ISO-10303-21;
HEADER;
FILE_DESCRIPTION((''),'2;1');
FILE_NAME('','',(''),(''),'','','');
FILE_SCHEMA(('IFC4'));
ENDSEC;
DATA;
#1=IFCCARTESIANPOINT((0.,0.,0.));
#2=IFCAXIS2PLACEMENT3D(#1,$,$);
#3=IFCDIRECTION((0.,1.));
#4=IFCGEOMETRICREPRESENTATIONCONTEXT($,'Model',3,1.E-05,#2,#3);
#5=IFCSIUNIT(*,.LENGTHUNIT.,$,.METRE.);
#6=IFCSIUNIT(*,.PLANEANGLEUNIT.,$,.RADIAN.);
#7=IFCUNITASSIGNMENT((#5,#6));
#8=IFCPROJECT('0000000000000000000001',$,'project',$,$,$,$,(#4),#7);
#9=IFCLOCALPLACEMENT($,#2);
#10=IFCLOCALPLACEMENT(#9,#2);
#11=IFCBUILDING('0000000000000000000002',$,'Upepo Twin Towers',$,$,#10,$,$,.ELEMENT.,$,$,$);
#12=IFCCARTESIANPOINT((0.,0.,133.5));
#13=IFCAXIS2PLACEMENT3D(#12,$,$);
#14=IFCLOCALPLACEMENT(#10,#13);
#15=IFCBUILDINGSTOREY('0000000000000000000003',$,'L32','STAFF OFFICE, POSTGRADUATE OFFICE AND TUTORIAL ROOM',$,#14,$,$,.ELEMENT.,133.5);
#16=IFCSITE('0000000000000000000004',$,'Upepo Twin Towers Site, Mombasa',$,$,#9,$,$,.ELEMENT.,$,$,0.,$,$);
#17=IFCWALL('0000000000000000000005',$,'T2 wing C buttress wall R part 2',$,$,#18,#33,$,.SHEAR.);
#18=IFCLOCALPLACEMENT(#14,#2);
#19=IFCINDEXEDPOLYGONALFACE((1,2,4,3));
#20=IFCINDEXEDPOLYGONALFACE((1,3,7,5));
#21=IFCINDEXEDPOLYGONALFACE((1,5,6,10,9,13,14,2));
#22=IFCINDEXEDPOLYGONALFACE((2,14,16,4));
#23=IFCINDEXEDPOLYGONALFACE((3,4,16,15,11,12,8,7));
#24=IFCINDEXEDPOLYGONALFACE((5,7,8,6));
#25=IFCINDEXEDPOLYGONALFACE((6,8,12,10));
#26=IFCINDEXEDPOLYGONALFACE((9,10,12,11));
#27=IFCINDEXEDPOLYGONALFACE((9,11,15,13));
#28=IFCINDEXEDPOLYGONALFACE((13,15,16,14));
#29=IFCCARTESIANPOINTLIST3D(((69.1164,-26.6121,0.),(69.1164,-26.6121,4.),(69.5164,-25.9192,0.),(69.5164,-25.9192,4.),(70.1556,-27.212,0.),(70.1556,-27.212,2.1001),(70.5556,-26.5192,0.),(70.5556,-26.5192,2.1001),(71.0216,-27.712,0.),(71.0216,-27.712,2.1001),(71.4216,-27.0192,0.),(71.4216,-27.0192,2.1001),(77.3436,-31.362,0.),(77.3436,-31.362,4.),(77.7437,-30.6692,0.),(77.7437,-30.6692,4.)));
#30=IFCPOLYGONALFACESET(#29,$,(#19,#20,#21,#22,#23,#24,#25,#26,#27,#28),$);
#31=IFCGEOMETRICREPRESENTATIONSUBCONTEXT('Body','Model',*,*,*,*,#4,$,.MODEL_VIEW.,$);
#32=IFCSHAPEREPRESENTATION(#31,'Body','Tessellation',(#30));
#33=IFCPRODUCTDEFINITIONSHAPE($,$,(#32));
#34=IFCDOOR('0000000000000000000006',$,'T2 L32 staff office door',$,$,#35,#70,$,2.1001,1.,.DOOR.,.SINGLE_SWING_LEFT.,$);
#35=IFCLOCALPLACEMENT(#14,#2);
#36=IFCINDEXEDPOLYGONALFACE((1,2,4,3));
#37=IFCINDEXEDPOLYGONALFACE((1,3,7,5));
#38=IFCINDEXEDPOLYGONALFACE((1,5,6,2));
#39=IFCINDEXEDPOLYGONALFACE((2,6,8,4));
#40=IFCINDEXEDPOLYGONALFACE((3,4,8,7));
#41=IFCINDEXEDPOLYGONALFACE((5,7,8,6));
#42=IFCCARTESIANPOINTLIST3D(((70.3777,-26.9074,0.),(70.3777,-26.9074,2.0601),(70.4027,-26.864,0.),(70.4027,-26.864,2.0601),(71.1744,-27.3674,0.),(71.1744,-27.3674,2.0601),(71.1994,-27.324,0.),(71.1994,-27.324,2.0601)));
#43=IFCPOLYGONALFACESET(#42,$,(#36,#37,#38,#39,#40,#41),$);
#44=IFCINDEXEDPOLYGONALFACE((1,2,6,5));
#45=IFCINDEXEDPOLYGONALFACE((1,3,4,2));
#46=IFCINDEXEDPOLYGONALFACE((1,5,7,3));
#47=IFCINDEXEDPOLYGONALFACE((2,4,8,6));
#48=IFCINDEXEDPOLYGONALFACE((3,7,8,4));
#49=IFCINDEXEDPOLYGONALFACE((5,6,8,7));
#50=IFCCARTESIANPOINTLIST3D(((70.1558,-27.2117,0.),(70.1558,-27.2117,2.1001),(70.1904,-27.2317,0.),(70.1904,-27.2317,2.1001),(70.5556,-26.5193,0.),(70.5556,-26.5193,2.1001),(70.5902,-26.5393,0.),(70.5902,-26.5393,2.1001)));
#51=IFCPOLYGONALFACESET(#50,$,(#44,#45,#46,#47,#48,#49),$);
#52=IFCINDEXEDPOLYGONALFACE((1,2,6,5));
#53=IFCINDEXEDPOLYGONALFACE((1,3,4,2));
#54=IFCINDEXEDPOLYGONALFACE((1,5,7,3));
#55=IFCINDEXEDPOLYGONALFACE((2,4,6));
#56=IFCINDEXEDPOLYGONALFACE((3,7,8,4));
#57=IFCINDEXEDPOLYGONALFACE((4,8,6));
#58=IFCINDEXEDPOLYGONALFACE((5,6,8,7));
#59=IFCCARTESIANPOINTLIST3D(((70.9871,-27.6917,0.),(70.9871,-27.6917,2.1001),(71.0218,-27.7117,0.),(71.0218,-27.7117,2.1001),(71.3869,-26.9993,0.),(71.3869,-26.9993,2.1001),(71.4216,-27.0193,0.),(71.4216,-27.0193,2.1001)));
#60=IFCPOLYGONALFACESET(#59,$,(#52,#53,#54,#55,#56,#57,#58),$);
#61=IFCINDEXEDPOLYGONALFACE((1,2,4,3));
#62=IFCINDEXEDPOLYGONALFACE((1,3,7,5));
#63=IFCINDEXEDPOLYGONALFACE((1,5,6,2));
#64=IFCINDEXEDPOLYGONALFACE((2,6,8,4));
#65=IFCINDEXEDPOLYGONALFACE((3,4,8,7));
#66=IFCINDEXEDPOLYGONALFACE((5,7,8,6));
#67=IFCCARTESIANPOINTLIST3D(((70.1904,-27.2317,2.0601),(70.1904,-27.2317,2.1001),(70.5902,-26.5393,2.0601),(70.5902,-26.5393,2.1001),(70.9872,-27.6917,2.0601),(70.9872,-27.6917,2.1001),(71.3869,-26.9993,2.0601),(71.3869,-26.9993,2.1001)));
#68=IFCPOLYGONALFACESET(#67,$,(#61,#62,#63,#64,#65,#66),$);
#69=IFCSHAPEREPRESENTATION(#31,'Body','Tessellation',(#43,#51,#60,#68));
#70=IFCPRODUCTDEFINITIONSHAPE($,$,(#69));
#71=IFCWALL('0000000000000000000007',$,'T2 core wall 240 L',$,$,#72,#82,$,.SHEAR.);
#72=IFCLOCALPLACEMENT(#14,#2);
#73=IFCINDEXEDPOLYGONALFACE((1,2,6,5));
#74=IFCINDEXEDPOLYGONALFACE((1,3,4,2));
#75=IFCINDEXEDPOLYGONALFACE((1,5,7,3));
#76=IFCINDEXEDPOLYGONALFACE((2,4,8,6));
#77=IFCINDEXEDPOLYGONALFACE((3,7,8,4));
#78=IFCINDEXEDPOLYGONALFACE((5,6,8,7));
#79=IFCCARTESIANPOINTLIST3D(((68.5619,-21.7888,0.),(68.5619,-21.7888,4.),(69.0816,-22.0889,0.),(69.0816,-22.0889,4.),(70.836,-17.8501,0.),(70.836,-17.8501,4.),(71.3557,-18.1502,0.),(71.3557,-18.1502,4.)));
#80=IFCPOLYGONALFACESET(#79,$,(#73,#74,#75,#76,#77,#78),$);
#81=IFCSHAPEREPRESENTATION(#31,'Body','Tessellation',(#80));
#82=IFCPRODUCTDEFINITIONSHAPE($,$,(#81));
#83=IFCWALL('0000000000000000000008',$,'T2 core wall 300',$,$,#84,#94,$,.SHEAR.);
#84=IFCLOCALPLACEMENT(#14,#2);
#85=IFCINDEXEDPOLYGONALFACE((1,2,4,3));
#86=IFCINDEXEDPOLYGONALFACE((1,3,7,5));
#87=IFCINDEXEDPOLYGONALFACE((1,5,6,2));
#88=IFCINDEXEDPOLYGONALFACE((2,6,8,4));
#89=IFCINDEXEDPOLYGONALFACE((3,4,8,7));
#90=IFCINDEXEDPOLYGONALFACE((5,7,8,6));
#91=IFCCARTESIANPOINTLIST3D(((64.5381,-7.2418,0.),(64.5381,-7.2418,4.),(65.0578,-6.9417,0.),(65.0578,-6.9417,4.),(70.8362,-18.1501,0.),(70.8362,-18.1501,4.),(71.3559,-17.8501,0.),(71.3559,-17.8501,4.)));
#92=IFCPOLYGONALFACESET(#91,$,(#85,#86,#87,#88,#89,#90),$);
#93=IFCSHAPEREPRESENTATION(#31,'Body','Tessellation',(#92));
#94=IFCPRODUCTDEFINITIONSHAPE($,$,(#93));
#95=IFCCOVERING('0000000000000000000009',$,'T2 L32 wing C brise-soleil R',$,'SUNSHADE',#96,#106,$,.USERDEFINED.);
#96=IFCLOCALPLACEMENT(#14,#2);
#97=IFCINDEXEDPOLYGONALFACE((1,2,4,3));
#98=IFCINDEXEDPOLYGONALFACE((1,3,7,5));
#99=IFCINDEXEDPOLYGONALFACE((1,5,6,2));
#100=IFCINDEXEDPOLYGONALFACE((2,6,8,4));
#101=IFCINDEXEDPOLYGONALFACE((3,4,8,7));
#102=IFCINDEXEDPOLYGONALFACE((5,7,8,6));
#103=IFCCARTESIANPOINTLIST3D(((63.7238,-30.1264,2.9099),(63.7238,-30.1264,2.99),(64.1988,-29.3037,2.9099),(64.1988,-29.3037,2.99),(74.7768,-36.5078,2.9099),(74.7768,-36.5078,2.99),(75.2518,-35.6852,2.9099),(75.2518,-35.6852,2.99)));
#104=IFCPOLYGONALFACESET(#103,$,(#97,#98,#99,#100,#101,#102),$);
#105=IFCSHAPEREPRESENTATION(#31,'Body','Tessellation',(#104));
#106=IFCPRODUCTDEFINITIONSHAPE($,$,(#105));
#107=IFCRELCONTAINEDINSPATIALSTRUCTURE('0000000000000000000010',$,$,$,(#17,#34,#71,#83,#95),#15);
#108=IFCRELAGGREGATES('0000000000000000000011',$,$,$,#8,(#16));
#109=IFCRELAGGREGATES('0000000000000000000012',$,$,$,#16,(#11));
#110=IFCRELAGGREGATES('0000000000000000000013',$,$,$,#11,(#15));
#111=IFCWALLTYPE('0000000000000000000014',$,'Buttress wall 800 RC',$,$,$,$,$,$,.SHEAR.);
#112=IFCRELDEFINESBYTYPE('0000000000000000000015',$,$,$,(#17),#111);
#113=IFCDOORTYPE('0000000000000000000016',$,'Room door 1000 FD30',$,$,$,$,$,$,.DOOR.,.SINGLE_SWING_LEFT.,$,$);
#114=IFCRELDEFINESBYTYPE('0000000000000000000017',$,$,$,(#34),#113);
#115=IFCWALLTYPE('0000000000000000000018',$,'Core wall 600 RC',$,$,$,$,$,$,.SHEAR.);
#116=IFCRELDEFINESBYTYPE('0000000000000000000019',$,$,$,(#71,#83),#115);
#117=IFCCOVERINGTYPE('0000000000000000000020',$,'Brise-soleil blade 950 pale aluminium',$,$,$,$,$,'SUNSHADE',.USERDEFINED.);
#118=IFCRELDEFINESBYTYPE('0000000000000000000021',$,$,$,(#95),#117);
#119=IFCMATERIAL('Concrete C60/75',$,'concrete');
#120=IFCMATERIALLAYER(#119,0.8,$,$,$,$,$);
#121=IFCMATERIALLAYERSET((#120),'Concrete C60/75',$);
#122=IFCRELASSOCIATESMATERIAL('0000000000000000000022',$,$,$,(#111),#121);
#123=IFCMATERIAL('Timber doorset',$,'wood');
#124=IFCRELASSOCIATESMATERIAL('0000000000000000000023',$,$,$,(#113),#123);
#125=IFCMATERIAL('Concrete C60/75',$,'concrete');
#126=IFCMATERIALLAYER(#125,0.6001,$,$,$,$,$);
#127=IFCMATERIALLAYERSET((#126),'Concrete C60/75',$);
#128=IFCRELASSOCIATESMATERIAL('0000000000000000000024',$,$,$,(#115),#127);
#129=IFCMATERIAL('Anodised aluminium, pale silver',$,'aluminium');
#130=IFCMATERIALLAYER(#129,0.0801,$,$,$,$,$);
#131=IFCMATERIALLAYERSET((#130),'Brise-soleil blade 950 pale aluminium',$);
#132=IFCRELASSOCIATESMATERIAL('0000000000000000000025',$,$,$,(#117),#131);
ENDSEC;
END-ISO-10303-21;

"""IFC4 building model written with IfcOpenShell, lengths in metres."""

from ifc_helpers import new_model, si_unit, direction, frame, frame_2d, origin, origin_2d, place, context, subcontext, project, spatial, rectangle, extrude, material, layer, layer_set, type_object, element, fill, save


model = new_model("IFC4")

# Units and contexts
model_context = context("Model", 3, precision=1e-05, world=origin(), true_north=direction((0.0, 1.0)))
body_context = subcontext(model_context, "Body", "Model", "MODEL_VIEW")
ifc_project = project(units=[si_unit("LENGTHUNIT", "METRE"), si_unit("PLANEANGLEUNIT", "RADIAN")], contexts=[model_context])

# Site, building, storey
site_placement = place(None, origin())
site = spatial("IfcSite", under=ifc_project, at=site_placement, Name="Upepo Twin Towers Site, Mombasa", CompositionType="ELEMENT", RefElevation=0.0)
building_placement = place(site_placement, origin())
building = spatial("IfcBuilding", under=site, at=building_placement, Name="Upepo Twin Towers", CompositionType="ELEMENT")
storey_placement = place(building_placement, frame((0.0, 0.0, 133.5)))
storey = spatial("IfcBuildingStorey", under=building, at=storey_placement, Name="L32", Description="STAFF OFFICE, POSTGRADUATE OFFICE AND TUTORIAL ROOM", CompositionType="ELEMENT", Elevation=133.5)

# Wall, opening, door
ifc_material_1 = material(Name="Concrete C60/75", Category="concrete")
ifc_layer_1 = layer(ifc_material_1, 0.8)
ifc_layer_set_1 = layer_set([ifc_layer_1], Name="Concrete C60/75")
wall_type_1 = type_object("IfcWallType", Name="Buttress wall 800 RC", PredefinedType="SHEAR", material=ifc_layer_set_1)
ifc_material_2 = material(Name="Timber doorset", Category="wood")
door_type = type_object("IfcDoorType", Name="Room door 1000 FD30", OperationType="SINGLE_SWING_LEFT", PredefinedType="DOOR", material=ifc_material_2)
wall_1_placement = place(storey_placement, frame((69.3164, -26.2656, 0.0), z_axis=(0.0, 0.0, 1.0), x_axis=(0.866027, -0.499998, 0.0)))
wall_1 = element("IfcWall", 1, at=wall_1_placement, inside=storey, type_object=wall_type_1, Name="T2 wing C buttress wall R part 2", PredefinedType="SHEAR", context=body_context, shape_type="SweptSolid", body=[
    extrude(rectangle(XDim=9.5, YDim=0.8, at=frame_2d((4.75, 0.0))), origin(), (0.0, 0.0, 1.0), 4.0),
])
opening_1_placement = place(wall_1_placement, frame((1.2, 0.0, 0.0)))
opening_1 = element("IfcOpeningElement", 2, at=opening_1_placement, cuts=wall_1, PredefinedType="OPENING", context=body_context, shape_type="SweptSolid", body=[
    extrude(rectangle(XDim=1.0, YDim=2.1001, at=frame_2d((0.5, 1.05))), frame((0.0, 0.4099, 0.0), z_axis=(0.0, -1.0, 0.0), x_axis=(1.0, 0.0, 0.0)), (0.0, 0.0, 1.0), 0.8201),
])
door_1_placement = place(opening_1_placement, origin())
door_1 = element("IfcDoor", 3, at=door_1_placement, inside=storey, type_object=door_type, Name="T2 L32 staff office door", OperationType="SINGLE_SWING_LEFT", OverallHeight=2.1001, OverallWidth=1.0, PredefinedType="DOOR", context=body_context, shape_type="SweptSolid", body=[
    extrude(rectangle(XDim=0.92, YDim=2.0601, at=frame_2d((0.5, 1.03))), frame((0.0, 0.0249, 0.0), z_axis=(0.0, -1.0, 0.0), x_axis=(1.0, 0.0, 0.0)), (0.0, 0.0, 1.0), 0.05),
    extrude(rectangle(XDim=0.04, YDim=2.1001, at=frame_2d((0.02, 1.05))), frame((0.0, 0.3999, 0.0), z_axis=(0.0, -1.0, 0.0), x_axis=(1.0, 0.0, 0.0)), (0.0, 0.0, 1.0), 0.7996),
    extrude(rectangle(XDim=0.04, YDim=2.1001, at=frame_2d((0.98, 1.05))), frame((0.0, 0.3999, 0.0), z_axis=(0.0, -1.0, 0.0), x_axis=(1.0, 0.0, 0.0)), (0.0, 0.0, 1.0), 0.7996),
    extrude(rectangle(XDim=0.92, YDim=0.04, at=frame_2d((0.5, 2.0801))), frame((0.0, 0.3999, 0.0), z_axis=(0.0, -1.0, 0.0), x_axis=(1.0, 0.0, 0.0)), (0.0, 0.0, 1.0), 0.7996),
])
fill(opening_1, door_1)

# Walls
ifc_material_3 = material(Name="Concrete C60/75", Category="concrete")
ifc_layer_2 = layer(ifc_material_3, 0.6001)
ifc_layer_set_2 = layer_set([ifc_layer_2], Name="Concrete C60/75")
wall_type_2 = type_object("IfcWallType", Name="Core wall 600 RC", PredefinedType="SHEAR", material=ifc_layer_set_2)
wall_2_placement = place(storey_placement, frame((68.8218, -21.9387, 0.0), z_axis=(0.0, 0.0, 1.0), x_axis=(0.500024, 0.866011, 0.0)))
element("IfcWall", 4, at=wall_2_placement, inside=storey, type_object=wall_type_2, Name="T2 core wall 240 L", PredefinedType="SHEAR", context=body_context, shape_type="SweptSolid", body=[
    extrude(rectangle(XDim=4.5481, YDim=0.6001, at=frame_2d((2.2739, 0.0))), origin(), (0.0, 0.0, 1.0), 4.0),
])
wall_3_placement = place(storey_placement, frame((71.0959, -18.0, 0.0), z_axis=(0.0, 0.0, 1.0), x_axis=(-0.500006, 0.866022, 0.0)))
element("IfcWall", 5, at=wall_3_placement, inside=storey, type_object=wall_type_2, Name="T2 core wall 300", PredefinedType="SHEAR", context=body_context, shape_type="SweptSolid", body=[
    extrude(rectangle(XDim=12.5959, YDim=0.6001, at=frame_2d((6.2979, 0.0))), origin(), (0.0, 0.0, 1.0), 4.0),
])

# Covering
ifc_material_4 = material(Name="Anodised aluminium, pale silver", Category="aluminium")
ifc_layer_3 = layer(ifc_material_4, 0.0801)
ifc_layer_set_3 = layer_set([ifc_layer_3], Name="Brise-soleil blade 950 pale aluminium")
covering_type = type_object("IfcCoveringType", Name="Brise-soleil blade 950 pale aluminium", ElementType="SUNSHADE", PredefinedType="USERDEFINED", material=ifc_layer_set_3)
covering_placement = place(storey_placement, frame((69.4878, -32.9058, 2.9099), z_axis=(0.0, 0.0, 1.0), x_axis=(0.866025, -0.5, 0.0)))
element("IfcCovering", 6, at=covering_placement, inside=storey, type_object=covering_type, Name="T2 L32 wing C brise-soleil R", ObjectType="SUNSHADE", PredefinedType="USERDEFINED", context=body_context, shape_type="SweptSolid", body=[
    extrude(rectangle(XDim=12.7629, YDim=0.95, at=origin_2d()), origin(), (0.0, 0.0, 1.0), 0.0801),
])

save(model, "model.ifc")
